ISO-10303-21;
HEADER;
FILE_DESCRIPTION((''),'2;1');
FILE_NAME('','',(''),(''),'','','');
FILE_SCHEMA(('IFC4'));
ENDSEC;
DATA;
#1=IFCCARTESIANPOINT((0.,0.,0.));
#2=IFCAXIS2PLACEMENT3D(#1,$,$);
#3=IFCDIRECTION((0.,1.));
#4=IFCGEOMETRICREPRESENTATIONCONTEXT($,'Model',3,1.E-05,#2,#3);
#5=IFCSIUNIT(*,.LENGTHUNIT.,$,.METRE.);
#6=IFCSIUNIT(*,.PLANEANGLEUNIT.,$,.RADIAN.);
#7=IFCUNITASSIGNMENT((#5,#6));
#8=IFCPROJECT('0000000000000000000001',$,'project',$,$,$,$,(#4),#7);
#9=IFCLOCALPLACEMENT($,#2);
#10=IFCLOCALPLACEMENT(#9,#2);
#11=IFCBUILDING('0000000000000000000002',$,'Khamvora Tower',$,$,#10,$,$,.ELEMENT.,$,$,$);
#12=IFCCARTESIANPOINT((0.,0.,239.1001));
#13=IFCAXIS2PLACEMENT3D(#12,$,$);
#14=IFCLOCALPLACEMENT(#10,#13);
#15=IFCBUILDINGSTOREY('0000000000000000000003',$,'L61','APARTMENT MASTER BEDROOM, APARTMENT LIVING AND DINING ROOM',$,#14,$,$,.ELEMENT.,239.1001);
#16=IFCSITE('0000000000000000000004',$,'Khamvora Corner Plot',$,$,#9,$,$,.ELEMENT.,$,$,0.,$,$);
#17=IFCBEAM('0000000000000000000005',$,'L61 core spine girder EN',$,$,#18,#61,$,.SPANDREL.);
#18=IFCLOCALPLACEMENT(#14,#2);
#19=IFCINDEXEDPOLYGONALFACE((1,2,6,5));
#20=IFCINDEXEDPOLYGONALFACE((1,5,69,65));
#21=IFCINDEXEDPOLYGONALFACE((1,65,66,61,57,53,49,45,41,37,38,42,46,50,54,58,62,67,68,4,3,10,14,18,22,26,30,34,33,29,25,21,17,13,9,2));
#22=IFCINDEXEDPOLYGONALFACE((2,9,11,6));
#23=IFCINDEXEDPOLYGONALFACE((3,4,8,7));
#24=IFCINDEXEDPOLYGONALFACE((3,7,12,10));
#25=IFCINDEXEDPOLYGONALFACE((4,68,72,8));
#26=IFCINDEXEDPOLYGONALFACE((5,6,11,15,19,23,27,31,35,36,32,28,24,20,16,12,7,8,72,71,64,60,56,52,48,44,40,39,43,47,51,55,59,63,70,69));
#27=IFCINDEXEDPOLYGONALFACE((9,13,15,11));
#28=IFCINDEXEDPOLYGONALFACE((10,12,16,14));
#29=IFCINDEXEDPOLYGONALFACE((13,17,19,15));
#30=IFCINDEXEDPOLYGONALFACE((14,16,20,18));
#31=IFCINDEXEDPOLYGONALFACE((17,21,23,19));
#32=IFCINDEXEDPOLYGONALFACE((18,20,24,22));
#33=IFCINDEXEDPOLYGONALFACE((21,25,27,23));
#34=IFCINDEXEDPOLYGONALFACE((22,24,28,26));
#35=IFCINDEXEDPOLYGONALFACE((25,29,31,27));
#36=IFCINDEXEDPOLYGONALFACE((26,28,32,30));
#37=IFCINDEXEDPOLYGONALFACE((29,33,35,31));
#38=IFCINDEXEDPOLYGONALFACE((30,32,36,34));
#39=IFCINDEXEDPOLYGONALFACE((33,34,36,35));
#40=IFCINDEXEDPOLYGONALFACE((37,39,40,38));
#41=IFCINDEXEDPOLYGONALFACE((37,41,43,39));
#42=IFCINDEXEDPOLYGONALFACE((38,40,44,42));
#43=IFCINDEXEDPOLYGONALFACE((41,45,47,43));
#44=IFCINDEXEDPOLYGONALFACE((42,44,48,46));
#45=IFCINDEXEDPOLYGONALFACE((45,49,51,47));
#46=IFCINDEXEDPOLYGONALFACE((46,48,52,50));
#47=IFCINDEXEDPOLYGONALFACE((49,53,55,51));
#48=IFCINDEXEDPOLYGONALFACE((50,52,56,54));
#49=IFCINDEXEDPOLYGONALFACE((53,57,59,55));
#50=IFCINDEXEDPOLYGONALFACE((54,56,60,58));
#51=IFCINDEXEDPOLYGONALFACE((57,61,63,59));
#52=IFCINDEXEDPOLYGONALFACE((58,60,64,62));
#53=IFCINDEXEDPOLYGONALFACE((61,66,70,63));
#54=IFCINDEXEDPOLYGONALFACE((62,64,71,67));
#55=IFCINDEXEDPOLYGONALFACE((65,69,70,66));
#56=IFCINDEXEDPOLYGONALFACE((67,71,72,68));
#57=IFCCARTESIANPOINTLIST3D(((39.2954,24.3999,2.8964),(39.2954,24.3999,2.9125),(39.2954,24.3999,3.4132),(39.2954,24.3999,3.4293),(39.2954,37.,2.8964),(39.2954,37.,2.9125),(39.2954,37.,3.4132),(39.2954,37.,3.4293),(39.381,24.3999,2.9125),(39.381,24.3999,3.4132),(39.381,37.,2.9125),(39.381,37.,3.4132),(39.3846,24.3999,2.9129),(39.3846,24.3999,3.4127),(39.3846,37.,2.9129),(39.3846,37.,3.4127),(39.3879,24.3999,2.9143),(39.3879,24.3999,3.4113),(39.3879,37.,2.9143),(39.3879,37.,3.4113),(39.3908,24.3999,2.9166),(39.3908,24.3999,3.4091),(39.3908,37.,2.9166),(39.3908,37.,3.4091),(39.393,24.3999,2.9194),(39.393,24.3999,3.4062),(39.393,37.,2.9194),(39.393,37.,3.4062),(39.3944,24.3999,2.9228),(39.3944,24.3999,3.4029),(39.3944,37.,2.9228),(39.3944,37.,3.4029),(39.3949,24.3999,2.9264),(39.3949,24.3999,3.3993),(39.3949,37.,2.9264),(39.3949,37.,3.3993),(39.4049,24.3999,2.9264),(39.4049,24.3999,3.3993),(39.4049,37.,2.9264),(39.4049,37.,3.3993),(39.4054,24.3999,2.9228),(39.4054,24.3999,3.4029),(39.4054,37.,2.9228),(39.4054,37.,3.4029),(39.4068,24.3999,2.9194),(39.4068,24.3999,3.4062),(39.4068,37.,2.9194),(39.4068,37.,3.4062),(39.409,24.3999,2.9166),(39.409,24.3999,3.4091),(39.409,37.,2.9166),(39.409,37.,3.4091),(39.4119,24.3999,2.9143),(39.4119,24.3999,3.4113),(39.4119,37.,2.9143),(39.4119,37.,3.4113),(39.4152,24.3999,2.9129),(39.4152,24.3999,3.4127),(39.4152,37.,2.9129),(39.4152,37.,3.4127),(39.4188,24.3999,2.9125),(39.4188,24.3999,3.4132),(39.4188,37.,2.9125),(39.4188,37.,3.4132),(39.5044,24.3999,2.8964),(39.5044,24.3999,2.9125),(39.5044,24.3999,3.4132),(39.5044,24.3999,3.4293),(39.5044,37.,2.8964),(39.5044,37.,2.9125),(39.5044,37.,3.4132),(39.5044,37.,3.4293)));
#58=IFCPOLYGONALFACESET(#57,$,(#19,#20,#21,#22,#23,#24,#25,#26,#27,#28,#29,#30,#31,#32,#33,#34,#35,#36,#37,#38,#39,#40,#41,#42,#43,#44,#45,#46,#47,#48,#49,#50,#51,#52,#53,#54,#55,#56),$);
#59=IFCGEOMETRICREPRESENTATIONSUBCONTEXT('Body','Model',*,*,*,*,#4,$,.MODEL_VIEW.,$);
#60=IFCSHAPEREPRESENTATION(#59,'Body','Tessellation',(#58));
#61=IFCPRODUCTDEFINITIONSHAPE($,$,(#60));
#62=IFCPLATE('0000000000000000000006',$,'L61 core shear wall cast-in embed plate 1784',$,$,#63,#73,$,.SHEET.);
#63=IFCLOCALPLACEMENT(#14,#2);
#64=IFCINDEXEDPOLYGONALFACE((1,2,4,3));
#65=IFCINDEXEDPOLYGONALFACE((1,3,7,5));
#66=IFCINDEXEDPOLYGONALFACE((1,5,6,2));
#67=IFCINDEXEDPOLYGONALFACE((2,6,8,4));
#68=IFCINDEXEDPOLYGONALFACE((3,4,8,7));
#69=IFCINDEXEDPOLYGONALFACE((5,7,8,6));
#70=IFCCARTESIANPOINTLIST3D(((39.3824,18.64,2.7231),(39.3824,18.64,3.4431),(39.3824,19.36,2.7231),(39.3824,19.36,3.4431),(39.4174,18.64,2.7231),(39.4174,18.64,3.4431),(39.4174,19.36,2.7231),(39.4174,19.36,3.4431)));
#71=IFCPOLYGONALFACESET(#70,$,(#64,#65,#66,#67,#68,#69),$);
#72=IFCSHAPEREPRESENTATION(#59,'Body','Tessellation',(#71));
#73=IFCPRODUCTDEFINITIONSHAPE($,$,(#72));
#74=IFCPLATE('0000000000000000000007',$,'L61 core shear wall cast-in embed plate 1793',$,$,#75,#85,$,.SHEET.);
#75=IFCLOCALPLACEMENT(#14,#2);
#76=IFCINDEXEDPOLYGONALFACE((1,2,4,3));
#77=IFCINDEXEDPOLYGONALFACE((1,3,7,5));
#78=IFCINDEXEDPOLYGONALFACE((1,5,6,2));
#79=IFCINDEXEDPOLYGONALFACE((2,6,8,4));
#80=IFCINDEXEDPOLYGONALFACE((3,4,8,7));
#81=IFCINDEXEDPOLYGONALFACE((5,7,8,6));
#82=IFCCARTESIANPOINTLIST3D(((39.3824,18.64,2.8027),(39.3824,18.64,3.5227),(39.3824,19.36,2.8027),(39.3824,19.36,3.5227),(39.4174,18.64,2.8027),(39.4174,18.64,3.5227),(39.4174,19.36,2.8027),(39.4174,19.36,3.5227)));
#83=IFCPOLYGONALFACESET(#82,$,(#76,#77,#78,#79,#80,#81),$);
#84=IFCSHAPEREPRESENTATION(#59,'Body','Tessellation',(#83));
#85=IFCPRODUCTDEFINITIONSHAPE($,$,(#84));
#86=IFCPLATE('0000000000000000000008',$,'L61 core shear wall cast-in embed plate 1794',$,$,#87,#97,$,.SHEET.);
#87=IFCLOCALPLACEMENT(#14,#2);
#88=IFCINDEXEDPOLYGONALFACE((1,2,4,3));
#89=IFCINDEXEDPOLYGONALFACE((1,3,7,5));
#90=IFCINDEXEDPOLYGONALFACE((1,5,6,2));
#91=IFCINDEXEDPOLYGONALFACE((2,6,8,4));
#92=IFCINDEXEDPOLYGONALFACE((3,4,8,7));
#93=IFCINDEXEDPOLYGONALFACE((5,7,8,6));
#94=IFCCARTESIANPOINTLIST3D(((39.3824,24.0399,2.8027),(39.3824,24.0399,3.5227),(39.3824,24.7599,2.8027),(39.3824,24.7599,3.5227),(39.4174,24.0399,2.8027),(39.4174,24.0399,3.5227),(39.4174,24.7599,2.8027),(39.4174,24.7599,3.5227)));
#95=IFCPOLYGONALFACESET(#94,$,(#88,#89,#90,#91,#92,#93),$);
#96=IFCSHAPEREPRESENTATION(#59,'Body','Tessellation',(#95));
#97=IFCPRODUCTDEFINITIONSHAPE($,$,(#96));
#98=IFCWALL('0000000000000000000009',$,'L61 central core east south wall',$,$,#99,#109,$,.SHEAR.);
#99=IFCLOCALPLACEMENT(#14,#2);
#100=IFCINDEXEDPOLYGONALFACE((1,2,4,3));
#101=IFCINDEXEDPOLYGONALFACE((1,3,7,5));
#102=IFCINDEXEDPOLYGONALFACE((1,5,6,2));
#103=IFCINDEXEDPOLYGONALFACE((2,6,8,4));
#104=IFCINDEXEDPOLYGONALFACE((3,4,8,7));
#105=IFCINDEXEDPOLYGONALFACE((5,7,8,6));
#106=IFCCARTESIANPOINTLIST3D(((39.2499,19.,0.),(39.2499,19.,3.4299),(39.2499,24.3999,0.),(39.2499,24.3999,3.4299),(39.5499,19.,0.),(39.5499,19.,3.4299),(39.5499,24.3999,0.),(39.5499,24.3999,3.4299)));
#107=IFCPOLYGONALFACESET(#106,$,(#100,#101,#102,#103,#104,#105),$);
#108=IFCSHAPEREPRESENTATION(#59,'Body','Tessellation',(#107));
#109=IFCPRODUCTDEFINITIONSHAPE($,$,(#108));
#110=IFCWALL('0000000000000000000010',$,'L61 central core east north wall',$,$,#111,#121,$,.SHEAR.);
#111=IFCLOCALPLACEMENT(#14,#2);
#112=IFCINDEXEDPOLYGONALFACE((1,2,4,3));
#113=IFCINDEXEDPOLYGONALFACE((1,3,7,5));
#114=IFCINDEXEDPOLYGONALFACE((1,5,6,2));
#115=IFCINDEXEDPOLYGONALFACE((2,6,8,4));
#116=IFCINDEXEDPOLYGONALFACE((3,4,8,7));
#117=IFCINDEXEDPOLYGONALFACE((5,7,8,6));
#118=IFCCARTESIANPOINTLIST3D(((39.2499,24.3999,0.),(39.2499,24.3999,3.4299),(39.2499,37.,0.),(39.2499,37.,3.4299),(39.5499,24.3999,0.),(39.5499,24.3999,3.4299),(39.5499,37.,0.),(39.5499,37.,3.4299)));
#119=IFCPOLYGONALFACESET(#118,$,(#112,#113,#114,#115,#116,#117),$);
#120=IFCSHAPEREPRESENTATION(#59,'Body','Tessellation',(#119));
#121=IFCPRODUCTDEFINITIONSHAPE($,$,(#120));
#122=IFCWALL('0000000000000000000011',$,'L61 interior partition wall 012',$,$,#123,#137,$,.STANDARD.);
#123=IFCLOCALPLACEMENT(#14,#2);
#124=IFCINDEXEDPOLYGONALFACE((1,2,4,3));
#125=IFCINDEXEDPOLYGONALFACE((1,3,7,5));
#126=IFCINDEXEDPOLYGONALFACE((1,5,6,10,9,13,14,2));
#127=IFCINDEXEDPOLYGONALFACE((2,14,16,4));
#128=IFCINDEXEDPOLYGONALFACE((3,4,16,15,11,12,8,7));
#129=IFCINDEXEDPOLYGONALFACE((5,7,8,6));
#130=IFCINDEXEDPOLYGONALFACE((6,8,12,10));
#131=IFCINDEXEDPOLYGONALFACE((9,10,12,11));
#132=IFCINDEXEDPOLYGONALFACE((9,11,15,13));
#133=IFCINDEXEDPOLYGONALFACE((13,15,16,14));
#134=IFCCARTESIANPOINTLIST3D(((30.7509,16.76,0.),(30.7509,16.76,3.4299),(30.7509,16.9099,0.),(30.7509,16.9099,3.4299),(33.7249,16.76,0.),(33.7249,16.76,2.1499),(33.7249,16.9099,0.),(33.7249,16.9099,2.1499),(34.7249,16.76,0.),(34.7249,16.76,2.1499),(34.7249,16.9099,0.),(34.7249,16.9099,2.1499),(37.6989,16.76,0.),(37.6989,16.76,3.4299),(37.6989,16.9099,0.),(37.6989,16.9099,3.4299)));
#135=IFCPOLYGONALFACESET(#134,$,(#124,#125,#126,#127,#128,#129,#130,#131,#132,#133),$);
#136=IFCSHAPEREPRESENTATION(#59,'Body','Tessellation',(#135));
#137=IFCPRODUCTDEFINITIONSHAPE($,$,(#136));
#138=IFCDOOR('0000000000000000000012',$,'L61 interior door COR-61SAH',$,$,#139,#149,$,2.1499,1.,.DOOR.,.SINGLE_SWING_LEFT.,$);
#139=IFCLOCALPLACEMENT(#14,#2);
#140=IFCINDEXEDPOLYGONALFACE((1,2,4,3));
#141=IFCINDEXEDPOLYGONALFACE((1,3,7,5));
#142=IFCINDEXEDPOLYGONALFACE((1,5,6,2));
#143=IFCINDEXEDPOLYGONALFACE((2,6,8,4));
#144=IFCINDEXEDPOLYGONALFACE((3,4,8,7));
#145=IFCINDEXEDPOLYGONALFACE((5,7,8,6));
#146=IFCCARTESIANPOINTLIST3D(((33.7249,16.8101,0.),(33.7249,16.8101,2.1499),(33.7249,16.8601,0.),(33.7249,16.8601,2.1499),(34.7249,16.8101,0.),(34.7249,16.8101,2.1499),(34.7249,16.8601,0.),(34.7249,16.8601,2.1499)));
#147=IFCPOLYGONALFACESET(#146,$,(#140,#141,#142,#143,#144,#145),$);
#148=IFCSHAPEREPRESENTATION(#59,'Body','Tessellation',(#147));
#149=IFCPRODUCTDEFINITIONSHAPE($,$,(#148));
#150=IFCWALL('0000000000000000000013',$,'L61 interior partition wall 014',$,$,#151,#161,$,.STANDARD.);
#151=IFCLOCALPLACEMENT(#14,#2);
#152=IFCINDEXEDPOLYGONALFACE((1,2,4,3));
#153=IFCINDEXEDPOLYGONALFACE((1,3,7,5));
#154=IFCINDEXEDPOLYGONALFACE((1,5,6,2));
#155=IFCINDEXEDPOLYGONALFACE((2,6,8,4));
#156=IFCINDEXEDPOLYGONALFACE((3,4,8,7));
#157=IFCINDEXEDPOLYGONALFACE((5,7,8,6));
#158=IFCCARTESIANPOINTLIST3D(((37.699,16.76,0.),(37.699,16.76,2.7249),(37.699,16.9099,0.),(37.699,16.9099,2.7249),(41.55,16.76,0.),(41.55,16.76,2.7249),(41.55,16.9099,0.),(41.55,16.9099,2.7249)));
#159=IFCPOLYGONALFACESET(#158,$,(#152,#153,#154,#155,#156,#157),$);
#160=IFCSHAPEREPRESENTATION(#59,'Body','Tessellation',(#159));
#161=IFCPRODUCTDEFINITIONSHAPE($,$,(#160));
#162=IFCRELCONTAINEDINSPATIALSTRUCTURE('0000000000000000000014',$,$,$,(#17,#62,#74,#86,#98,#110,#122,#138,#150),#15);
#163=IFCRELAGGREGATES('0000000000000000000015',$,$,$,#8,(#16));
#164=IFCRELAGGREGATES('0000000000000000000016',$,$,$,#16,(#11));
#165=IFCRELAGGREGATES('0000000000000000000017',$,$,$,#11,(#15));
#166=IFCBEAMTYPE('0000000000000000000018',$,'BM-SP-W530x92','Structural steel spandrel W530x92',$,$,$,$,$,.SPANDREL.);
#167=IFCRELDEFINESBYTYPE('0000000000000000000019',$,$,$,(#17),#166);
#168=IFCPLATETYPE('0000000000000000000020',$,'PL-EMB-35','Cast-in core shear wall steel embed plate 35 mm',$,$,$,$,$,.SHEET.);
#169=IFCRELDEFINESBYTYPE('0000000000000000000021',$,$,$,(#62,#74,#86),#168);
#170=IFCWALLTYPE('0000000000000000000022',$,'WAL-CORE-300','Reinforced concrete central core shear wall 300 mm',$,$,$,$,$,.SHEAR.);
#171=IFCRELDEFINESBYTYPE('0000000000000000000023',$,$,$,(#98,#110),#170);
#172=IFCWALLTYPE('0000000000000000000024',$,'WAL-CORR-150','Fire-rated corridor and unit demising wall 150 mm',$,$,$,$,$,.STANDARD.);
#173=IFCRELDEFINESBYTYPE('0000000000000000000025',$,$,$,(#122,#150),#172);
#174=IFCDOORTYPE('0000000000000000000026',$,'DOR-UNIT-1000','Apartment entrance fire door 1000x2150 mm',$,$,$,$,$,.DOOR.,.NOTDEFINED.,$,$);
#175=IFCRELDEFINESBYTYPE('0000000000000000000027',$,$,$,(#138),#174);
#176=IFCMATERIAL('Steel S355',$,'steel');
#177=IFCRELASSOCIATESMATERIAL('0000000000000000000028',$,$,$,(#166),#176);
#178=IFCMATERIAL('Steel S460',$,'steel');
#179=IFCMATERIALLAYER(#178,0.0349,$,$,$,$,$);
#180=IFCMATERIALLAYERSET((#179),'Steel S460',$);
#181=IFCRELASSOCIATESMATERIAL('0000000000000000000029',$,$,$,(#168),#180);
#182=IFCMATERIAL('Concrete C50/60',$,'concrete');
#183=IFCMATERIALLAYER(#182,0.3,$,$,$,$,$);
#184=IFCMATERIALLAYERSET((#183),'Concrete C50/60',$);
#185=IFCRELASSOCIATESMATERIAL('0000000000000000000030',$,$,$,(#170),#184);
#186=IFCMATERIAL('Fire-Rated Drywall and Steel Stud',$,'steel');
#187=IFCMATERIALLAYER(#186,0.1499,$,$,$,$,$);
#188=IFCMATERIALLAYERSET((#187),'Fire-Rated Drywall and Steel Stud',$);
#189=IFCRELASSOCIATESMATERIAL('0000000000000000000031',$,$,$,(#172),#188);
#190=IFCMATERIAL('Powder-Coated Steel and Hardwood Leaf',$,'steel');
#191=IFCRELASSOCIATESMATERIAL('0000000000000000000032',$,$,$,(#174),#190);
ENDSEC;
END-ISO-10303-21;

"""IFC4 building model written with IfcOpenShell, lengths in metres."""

from ifc_helpers import new_model, si_unit, direction, frame, frame_2d, origin, origin_2d, place, context, subcontext, project, spatial, rectangle, i_section, extrude, material, layer, layer_set, material_profile, profile_set, type_object, element, fill, save


model = new_model("IFC4")

# Units and contexts
model_context = context("Model", 3, precision=1e-05, world=origin(), true_north=direction((0.0, 1.0)))
body_context = subcontext(model_context, "Body", "Model", "MODEL_VIEW")
ifc_project = project(units=[si_unit("LENGTHUNIT", "METRE"), si_unit("PLANEANGLEUNIT", "RADIAN")], contexts=[model_context])

# Site, building, storey
site_placement = place(None, origin())
site = spatial("IfcSite", under=ifc_project, at=site_placement, Name="Khamvora Corner Plot", CompositionType="ELEMENT", RefElevation=0.0)
building_placement = place(site_placement, origin())
building = spatial("IfcBuilding", under=site, at=building_placement, Name="Khamvora Tower", CompositionType="ELEMENT")
storey_placement = place(building_placement, frame((0.0, 0.0, 239.1001)))
storey = spatial("IfcBuildingStorey", under=building, at=storey_placement, Name="L61", Description="APARTMENT MASTER BEDROOM, APARTMENT LIVING AND DINING ROOM", CompositionType="ELEMENT", Elevation=239.1001)

# Shared definitions
ifc_material_1 = material(Name="Steel S355", Category="steel")

# Beam
ifc_material_profile_1 = material_profile(ifc_material_1, i_section(OverallWidth=0.209, OverallDepth=0.533, WebThickness=0.01, FlangeThickness=0.0161, FilletRadius=0.0139, at=origin_2d()), Name="W530x92")
ifc_profile_set_1 = profile_set([ifc_material_profile_1], Name="Steel S355")
beam_type_1 = type_object("IfcBeamType", Name="BM-SP-W530x92", Description="Structural steel spandrel W530x92", PredefinedType="SPANDREL", material=ifc_profile_set_1)
beam_1_placement = place(storey_placement, frame((39.3999, 24.3999, 3.1628), z_axis=(0.0, 1.0, 0.0), x_axis=(-1.0, 0.0, 0.0)))
element("IfcBeam", 1, at=beam_1_placement, inside=storey, type_object=beam_type_1, Name="L61 core spine girder EN", PredefinedType="SPANDREL", context=body_context, shape_type="SweptSolid", body=[
    extrude(i_section(OverallWidth=0.209, OverallDepth=0.533, WebThickness=0.01, FlangeThickness=0.0161, FilletRadius=0.0139, at=origin_2d()), origin(), (0.0, 0.0, 1.0), 12.6001),
])

# Plates
ifc_material_2 = material(Name="Steel S460", Category="steel")
ifc_layer_1 = layer(ifc_material_2, 0.0349)
ifc_layer_set_1 = layer_set([ifc_layer_1], Name="Steel S460")
plate_type = type_object("IfcPlateType", Name="PL-EMB-35", Description="Cast-in core shear wall steel embed plate 35 mm", PredefinedType="SHEET", material=ifc_layer_set_1)
for number, where, z_axis, x_axis, name in (
    (2, (39.3999, 19.0, 2.7231), (0.0, 0.0, 1.0), (1.0, 0.0, 0.0), "L61 core shear wall cast-in embed plate 1784"),
    (3, (39.3999, 19.0, 2.8027), (0.0, 0.0, 1.0), (1.0, 0.0, 0.0), "L61 core shear wall cast-in embed plate 1793"),
    (4, (39.3999, 24.3999, 2.8027), (0.0, 0.0, 1.0), (1.0, 0.0, 0.0), "L61 core shear wall cast-in embed plate 1794"),
):
    element("IfcPlate", number, at=place(storey_placement, frame(where, z_axis=z_axis, x_axis=x_axis)), inside=storey, type_object=plate_type, Name=name, PredefinedType="SHEET", context=body_context, shape_type="SweptSolid", body=[
        extrude(rectangle(XDim=0.0349, YDim=0.72, at=origin_2d()), origin(), (0.0, 0.0, 1.0), 0.72),
    ])

# Walls
ifc_material_3 = material(Name="Concrete C50/60", Category="concrete")
ifc_layer_2 = layer(ifc_material_3, 0.3)
ifc_layer_set_2 = layer_set([ifc_layer_2], Name="Concrete C50/60")
wall_type_1 = type_object("IfcWallType", Name="WAL-CORE-300", Description="Reinforced concrete central core shear wall 300 mm", PredefinedType="SHEAR", material=ifc_layer_set_2)
wall_1_placement = place(storey_placement, frame((39.3999, 19.0, 0.0), z_axis=(0.0, 0.0, 1.0), x_axis=(0.0, 1.0, 0.0)))
element("IfcWall", 5, at=wall_1_placement, inside=storey, type_object=wall_type_1, Name="L61 central core east south wall", PredefinedType="SHEAR", context=body_context, shape_type="SweptSolid", body=[
    extrude(rectangle(XDim=5.3999, YDim=0.3, at=frame_2d((2.7, 0.0))), origin(), (0.0, 0.0, 1.0), 3.4299),
])
wall_2_placement = place(storey_placement, frame((39.3999, 24.3999, 0.0), z_axis=(0.0, 0.0, 1.0), x_axis=(0.0, 1.0, 0.0)))
element("IfcWall", 6, at=wall_2_placement, inside=storey, type_object=wall_type_1, Name="L61 central core east north wall", PredefinedType="SHEAR", context=body_context, shape_type="SweptSolid", body=[
    extrude(rectangle(XDim=12.6001, YDim=0.3, at=frame_2d((6.3, 0.0))), origin(), (0.0, 0.0, 1.0), 3.4299),
])

# Wall, opening, door
ifc_material_4 = material(Name="Fire-Rated Drywall and Steel Stud", Category="steel")
ifc_layer_3 = layer(ifc_material_4, 0.1499)
ifc_layer_set_3 = layer_set([ifc_layer_3], Name="Fire-Rated Drywall and Steel Stud")
wall_type_2 = type_object("IfcWallType", Name="WAL-CORR-150", Description="Fire-rated corridor and unit demising wall 150 mm", PredefinedType="STANDARD", material=ifc_layer_set_3)
wall_3_placement = place(storey_placement, frame((37.699, 16.835, 0.0), z_axis=(0.0, 0.0, 1.0), x_axis=(-1.0, 0.0, 0.0)))
wall_3 = element("IfcWall", 7, at=wall_3_placement, inside=storey, type_object=wall_type_2, Name="L61 interior partition wall 012", PredefinedType="STANDARD", context=body_context, shape_type="SweptSolid", body=[
    extrude(rectangle(XDim=6.948, YDim=0.1499, at=frame_2d((3.4741, 0.0))), origin(), (0.0, 0.0, 1.0), 3.4299),
])
opening_placement = place(wall_3_placement, frame((2.9741, 0.0, 0.0)))
opening = element("IfcOpeningElement", 8, at=opening_placement, cuts=wall_3, PredefinedType="OPENING", context=body_context, shape_type="SweptSolid", body=[
    extrude(rectangle(XDim=1.0, YDim=2.1499, at=frame_2d((0.5, 1.075))), frame((0.0, 0.085, 0.0), z_axis=(0.0, -1.0, 0.0), x_axis=(1.0, 0.0, 0.0)), (0.0, 0.0, 1.0), 0.1699),
])
ifc_material_5 = material(Name="Powder-Coated Steel and Hardwood Leaf", Category="steel")
door_type = type_object("IfcDoorType", Name="DOR-UNIT-1000", Description="Apartment entrance fire door 1000x2150 mm", OperationType="NOTDEFINED", PredefinedType="DOOR", material=ifc_material_5)
door_placement = place(opening_placement, origin())
door = element("IfcDoor", 9, at=door_placement, inside=storey, type_object=door_type, Name="L61 interior door COR-61SAH", OperationType="SINGLE_SWING_LEFT", OverallHeight=2.1499, OverallWidth=1.0, PredefinedType="DOOR", context=body_context, shape_type="SweptSolid", body=[
    extrude(rectangle(XDim=1.0, YDim=2.1499, at=frame_2d((0.5, 1.075))), frame((0.0, 0.0249, 0.0), z_axis=(0.0, -1.0, 0.0), x_axis=(1.0, 0.0, 0.0)), (0.0, 0.0, 1.0), 0.05),
])
fill(opening, door)

# Wall
wall_4_placement = place(storey_placement, frame((41.55, 16.835, 0.0), z_axis=(0.0, 0.0, 1.0), x_axis=(-1.0, 0.0, 0.0)))
element("IfcWall", 10, at=wall_4_placement, inside=storey, type_object=wall_type_2, Name="L61 interior partition wall 014", PredefinedType="STANDARD", context=body_context, shape_type="SweptSolid", body=[
    extrude(rectangle(XDim=3.8511, YDim=0.1499, at=frame_2d((1.9255, 0.0))), origin(), (0.0, 0.0, 1.0), 2.7249),
])

save(model, "model.ifc")
